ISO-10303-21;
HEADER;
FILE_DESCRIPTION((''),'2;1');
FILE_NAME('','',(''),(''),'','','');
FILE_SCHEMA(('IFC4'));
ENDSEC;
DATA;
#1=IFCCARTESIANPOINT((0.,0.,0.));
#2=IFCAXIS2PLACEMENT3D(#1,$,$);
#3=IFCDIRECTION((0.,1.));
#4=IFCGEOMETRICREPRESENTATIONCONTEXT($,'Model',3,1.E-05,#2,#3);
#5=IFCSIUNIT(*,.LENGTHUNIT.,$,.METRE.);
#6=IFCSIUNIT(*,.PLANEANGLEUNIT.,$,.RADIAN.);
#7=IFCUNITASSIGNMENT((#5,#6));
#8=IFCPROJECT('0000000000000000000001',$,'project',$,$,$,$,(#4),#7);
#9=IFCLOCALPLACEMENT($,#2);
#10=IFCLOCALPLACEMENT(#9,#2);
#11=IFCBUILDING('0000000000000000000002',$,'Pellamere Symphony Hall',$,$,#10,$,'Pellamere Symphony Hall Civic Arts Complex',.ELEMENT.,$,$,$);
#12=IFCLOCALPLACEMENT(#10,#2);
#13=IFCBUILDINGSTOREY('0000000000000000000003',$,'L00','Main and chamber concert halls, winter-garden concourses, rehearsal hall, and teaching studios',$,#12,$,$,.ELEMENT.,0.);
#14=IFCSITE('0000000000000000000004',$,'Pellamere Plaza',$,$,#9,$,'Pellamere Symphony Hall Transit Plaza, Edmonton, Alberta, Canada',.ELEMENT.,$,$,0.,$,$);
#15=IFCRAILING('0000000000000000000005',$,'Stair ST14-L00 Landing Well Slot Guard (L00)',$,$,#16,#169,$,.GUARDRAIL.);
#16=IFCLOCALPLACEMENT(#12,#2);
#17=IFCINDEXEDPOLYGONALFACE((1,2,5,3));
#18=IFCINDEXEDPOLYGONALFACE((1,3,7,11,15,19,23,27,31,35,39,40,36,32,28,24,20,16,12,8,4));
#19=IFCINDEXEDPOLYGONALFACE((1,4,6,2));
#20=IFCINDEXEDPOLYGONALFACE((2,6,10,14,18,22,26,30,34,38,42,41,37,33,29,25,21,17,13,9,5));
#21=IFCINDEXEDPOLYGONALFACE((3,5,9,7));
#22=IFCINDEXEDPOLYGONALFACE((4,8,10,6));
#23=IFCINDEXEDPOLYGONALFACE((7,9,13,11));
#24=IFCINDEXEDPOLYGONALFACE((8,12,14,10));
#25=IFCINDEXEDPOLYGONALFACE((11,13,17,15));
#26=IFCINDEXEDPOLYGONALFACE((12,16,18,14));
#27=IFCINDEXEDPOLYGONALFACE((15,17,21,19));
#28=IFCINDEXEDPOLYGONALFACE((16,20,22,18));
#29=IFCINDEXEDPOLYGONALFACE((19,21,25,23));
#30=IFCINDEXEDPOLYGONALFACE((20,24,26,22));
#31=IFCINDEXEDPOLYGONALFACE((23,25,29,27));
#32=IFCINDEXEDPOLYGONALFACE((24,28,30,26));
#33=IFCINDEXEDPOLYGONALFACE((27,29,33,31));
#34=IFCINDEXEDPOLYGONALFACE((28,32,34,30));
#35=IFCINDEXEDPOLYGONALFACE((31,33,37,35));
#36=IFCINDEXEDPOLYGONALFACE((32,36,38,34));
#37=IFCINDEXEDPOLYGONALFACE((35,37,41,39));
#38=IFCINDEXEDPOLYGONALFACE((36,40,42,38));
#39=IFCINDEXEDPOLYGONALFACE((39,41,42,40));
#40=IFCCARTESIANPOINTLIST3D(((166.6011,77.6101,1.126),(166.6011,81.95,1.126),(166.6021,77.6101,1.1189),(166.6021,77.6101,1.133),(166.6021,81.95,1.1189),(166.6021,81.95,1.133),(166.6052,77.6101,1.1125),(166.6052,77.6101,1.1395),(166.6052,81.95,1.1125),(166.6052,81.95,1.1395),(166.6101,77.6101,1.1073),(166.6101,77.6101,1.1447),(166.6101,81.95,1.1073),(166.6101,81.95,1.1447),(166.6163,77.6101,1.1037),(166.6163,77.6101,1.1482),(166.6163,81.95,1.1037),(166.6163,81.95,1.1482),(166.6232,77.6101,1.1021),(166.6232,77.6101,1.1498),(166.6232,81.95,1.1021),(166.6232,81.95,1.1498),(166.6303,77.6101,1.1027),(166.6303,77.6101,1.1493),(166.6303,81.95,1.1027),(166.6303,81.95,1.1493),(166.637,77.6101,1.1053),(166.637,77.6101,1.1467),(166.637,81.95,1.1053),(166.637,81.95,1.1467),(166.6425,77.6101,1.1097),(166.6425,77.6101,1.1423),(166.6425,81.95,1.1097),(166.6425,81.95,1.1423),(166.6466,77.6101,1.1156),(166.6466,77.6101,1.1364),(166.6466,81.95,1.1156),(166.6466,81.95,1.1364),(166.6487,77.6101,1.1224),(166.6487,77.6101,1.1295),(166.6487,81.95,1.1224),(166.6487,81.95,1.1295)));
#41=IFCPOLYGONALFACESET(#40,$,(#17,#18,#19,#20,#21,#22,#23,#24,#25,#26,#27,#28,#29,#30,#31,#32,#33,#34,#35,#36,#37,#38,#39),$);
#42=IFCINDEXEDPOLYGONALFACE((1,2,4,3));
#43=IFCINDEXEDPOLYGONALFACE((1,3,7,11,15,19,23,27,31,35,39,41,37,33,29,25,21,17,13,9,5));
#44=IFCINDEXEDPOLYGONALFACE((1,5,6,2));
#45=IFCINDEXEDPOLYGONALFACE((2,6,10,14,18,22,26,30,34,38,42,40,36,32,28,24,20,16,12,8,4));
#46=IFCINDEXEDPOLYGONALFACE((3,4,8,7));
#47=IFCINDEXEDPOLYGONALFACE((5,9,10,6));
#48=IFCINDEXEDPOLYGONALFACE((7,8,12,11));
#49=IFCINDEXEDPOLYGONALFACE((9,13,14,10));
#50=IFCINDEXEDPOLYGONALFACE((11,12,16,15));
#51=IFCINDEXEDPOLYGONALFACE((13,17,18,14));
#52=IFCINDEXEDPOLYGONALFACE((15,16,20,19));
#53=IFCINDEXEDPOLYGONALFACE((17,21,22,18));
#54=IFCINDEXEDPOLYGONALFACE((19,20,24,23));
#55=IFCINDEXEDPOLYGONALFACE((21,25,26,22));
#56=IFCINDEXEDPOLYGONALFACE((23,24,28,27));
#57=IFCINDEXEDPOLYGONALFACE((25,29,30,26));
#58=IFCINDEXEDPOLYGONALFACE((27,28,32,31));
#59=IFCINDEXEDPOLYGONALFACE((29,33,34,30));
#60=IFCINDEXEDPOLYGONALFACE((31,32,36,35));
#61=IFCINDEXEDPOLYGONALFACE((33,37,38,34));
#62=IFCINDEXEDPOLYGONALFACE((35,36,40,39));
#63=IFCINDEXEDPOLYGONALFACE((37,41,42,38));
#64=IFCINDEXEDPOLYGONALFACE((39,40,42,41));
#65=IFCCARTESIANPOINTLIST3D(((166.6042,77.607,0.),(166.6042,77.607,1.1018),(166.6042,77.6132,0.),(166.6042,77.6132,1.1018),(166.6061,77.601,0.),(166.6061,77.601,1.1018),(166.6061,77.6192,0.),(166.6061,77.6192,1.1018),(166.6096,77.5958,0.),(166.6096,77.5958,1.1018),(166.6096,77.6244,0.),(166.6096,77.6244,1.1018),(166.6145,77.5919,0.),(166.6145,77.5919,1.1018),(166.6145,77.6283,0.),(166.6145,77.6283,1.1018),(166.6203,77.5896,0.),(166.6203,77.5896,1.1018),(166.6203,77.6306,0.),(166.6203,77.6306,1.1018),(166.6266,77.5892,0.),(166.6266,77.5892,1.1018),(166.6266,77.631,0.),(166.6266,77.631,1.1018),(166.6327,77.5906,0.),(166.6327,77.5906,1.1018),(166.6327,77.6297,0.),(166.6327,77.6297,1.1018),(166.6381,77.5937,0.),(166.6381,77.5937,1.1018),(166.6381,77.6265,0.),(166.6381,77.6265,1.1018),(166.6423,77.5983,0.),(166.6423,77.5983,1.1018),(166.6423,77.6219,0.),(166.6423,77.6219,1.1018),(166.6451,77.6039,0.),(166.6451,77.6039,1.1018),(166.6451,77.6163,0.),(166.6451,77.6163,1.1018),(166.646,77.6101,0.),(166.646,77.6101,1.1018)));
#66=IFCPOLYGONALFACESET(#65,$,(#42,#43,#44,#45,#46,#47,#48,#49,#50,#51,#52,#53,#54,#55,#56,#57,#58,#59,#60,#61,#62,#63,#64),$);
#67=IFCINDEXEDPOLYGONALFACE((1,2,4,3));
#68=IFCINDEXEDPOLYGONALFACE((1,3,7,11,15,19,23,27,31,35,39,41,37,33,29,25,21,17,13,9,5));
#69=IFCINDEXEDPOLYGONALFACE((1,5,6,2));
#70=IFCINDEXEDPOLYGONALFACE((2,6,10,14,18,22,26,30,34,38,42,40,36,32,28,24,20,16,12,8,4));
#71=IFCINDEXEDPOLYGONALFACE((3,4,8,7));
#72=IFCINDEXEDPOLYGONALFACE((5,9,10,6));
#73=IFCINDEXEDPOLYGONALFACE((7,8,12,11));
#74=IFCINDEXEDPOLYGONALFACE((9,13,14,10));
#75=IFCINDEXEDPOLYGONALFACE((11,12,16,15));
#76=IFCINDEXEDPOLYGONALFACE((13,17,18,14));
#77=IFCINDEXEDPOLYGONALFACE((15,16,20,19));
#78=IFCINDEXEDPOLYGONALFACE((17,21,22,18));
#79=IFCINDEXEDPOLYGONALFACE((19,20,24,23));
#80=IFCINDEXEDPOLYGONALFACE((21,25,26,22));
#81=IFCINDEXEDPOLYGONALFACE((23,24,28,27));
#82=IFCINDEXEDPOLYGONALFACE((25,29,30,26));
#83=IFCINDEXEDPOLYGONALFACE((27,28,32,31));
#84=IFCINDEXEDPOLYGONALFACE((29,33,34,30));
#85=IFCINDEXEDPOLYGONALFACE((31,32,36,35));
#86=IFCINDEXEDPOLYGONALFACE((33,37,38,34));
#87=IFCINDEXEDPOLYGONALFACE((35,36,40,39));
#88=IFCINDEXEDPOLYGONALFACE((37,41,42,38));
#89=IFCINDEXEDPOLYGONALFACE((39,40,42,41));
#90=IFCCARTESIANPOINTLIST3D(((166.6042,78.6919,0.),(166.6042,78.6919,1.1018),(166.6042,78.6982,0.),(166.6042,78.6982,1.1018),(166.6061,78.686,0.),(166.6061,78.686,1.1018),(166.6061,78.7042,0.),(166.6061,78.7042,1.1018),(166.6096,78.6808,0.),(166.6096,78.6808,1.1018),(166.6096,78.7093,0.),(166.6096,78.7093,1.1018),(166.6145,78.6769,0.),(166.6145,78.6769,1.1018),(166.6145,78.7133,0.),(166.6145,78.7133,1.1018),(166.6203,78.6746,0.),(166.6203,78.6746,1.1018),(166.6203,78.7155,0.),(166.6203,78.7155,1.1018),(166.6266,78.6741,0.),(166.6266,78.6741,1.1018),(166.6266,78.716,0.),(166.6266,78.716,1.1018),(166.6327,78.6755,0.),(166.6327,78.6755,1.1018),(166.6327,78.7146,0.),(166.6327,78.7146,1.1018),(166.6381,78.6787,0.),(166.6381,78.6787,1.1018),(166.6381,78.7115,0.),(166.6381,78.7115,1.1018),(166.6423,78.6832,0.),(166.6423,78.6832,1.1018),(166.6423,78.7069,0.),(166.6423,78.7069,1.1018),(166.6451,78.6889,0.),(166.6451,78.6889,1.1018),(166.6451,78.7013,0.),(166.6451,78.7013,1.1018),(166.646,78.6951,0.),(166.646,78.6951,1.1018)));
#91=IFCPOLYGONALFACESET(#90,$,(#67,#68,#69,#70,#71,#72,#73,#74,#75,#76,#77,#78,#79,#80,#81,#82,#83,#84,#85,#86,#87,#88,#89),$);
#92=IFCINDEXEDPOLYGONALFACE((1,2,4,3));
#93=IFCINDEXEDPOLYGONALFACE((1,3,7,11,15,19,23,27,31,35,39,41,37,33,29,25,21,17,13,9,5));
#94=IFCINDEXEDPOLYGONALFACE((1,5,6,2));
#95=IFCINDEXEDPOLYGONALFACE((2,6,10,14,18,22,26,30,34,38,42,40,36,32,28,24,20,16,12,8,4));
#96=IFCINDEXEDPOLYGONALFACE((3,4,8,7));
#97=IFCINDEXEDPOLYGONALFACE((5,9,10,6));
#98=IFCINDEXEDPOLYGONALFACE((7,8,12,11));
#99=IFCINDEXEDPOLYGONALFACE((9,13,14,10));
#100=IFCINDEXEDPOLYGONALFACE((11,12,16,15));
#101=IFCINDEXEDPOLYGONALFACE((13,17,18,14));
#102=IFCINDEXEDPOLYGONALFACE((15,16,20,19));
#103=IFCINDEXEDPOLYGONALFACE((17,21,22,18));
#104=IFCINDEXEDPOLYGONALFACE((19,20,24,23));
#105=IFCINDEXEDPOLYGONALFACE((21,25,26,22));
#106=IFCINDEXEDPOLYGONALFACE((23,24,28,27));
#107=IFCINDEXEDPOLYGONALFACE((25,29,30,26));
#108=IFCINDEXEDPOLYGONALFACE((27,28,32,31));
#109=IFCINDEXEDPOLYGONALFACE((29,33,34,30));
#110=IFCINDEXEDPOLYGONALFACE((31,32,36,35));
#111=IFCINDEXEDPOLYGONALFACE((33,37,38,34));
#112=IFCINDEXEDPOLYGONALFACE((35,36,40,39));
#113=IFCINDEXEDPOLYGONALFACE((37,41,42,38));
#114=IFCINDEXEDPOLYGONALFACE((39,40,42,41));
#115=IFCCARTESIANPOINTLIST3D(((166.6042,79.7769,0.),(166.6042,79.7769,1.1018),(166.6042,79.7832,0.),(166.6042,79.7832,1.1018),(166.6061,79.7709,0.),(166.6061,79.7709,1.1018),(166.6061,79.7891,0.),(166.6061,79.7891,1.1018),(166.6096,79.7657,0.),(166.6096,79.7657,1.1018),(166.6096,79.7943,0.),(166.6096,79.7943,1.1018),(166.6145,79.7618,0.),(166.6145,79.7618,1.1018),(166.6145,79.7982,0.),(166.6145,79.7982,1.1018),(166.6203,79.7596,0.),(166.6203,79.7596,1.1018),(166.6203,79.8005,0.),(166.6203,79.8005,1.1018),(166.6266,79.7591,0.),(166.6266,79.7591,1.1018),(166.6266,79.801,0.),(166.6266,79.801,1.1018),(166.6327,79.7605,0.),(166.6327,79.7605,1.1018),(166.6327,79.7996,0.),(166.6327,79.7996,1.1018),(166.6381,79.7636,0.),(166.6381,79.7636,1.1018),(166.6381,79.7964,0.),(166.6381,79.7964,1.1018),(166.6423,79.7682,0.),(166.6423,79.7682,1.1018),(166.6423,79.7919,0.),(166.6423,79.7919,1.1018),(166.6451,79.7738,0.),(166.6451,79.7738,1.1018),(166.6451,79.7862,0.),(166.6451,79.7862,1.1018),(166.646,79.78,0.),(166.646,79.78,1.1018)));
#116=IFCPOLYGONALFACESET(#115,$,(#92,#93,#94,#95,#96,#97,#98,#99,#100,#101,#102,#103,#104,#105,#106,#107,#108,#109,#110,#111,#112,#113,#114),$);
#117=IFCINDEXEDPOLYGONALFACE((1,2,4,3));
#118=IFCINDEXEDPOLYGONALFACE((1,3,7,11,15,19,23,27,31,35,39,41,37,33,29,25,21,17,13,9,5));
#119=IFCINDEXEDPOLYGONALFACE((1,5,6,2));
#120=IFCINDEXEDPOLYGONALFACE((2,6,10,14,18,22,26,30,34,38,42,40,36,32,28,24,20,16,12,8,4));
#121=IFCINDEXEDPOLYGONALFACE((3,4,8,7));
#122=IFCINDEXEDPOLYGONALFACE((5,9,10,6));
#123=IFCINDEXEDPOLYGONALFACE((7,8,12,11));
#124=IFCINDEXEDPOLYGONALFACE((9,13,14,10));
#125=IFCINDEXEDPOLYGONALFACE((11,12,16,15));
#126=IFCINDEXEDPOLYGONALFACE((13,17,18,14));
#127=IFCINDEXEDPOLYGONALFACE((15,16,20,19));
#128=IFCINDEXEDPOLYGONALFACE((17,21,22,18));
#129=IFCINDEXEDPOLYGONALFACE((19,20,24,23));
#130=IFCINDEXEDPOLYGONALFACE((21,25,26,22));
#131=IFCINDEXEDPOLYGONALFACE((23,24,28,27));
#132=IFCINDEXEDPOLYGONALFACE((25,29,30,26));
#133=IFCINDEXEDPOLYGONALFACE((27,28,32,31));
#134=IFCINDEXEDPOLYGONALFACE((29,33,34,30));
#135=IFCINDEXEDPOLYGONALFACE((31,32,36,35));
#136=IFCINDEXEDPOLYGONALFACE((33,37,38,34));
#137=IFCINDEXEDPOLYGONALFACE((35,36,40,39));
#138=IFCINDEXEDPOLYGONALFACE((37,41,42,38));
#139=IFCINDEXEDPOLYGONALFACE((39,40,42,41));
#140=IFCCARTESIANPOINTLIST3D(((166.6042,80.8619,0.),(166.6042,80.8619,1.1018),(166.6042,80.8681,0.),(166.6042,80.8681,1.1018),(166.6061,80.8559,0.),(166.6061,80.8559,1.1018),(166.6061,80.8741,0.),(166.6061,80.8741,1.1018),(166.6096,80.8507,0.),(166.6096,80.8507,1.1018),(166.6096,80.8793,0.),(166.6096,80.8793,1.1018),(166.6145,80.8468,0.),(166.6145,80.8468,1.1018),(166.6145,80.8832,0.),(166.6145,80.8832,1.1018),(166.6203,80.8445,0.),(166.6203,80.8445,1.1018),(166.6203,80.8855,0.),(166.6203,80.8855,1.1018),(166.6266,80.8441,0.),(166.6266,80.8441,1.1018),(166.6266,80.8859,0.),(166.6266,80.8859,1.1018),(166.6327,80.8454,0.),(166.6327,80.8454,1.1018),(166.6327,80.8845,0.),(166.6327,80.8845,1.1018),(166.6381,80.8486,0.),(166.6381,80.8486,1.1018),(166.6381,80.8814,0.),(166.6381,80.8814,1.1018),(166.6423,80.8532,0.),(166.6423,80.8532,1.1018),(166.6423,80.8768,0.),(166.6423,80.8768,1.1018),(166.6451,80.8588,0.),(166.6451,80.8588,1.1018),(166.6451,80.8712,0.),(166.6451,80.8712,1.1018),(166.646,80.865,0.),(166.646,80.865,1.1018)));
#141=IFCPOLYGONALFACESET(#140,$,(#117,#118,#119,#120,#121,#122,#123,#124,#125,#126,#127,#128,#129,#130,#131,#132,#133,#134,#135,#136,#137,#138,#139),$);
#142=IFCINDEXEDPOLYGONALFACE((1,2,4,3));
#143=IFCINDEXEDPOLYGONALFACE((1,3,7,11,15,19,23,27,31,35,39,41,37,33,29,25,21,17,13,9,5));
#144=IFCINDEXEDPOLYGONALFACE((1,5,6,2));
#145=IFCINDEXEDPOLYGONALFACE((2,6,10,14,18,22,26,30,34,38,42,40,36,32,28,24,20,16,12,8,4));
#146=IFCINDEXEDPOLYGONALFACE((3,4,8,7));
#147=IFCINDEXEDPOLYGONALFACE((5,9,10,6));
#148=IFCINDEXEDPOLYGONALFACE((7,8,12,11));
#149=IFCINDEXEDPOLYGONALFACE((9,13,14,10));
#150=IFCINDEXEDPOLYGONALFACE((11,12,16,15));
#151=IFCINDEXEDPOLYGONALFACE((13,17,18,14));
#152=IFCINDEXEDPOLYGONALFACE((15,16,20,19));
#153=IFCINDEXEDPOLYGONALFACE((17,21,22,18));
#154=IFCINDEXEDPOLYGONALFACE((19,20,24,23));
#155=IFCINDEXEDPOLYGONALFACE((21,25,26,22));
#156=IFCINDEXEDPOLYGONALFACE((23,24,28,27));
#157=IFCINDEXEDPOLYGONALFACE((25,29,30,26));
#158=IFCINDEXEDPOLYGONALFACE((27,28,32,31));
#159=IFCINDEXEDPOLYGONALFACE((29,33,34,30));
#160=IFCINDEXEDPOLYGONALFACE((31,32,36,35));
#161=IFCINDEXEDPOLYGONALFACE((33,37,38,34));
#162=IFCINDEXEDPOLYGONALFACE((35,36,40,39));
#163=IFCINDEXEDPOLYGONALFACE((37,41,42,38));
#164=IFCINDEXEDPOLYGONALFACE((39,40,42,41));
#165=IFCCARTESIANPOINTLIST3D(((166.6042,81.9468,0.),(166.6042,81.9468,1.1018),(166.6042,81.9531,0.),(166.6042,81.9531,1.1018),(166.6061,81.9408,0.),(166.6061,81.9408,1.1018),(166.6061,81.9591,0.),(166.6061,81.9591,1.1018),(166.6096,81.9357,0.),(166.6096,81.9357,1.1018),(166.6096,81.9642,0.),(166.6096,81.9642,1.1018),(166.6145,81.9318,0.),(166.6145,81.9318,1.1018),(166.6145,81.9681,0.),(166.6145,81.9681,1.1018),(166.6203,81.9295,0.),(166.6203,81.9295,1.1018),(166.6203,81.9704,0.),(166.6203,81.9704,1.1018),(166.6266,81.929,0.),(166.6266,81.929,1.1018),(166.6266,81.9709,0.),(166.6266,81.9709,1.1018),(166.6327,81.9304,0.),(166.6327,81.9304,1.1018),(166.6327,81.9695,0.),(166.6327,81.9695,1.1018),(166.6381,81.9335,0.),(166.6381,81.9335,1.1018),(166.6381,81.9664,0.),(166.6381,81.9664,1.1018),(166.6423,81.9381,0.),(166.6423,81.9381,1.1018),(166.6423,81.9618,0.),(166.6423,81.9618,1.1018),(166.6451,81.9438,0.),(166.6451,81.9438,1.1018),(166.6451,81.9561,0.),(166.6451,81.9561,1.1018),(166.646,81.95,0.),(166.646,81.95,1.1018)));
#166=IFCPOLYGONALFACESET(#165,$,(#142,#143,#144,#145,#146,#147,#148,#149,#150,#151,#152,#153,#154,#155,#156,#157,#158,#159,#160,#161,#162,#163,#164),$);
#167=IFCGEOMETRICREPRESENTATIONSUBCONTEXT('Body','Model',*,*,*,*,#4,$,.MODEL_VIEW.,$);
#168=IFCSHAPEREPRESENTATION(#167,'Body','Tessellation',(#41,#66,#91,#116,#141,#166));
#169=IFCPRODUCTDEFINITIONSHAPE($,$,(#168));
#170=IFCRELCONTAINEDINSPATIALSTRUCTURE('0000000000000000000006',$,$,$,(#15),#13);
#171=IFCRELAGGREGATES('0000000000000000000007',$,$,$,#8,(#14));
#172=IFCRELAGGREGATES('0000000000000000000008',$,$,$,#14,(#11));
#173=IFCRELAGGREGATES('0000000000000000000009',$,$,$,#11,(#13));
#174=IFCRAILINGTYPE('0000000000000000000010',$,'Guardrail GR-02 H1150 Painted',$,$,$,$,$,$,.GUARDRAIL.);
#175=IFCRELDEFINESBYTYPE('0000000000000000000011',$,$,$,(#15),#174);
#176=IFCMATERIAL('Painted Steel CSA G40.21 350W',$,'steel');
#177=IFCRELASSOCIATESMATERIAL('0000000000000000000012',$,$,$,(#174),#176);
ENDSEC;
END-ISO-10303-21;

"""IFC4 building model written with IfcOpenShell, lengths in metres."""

from ifc_helpers import new_model, si_unit, direction, frame, origin, origin_2d, place, context, subcontext, project, spatial, circle, extrude, material, type_object, element, save


model = new_model("IFC4")

# Units and contexts
model_context = context("Model", 3, precision=1e-05, world=origin(), true_north=direction((0.0, 1.0)))
body_context = subcontext(model_context, "Body", "Model", "MODEL_VIEW")
ifc_project = project(units=[si_unit("LENGTHUNIT", "METRE"), si_unit("PLANEANGLEUNIT", "RADIAN")], contexts=[model_context])

# Site, building, storey
site_placement = place(None, origin())
site = spatial("IfcSite", under=ifc_project, at=site_placement, Name="Pellamere Plaza", LongName="Pellamere Symphony Hall Transit Plaza, Edmonton, Alberta, Canada", CompositionType="ELEMENT", RefElevation=0.0)
building_placement = place(site_placement, origin())
building = spatial("IfcBuilding", under=site, at=building_placement, Name="Pellamere Symphony Hall", LongName="Pellamere Symphony Hall Civic Arts Complex", CompositionType="ELEMENT")
storey_placement = place(building_placement, origin())
storey = spatial("IfcBuildingStorey", under=building, at=storey_placement, Name="L00", Description="Main and chamber concert halls, winter-garden concourses, rehearsal hall, and teaching studios", CompositionType="ELEMENT", Elevation=0.0)

# Railing
ifc_material_1 = material(Name="Painted Steel CSA G40.21 350W", Category="steel")
railing_type_1 = type_object("IfcRailingType", Name="Guardrail GR-02 H1150 Painted", PredefinedType="GUARDRAIL", material=ifc_material_1)
railing_1_placement = place(storey_placement, frame((166.625, 77.6101, 0.0)))
element("IfcRailing", 1, at=railing_1_placement, inside=storey, type_object=railing_type_1, Name="Stair ST14-L00 Landing Well Slot Guard (L00)", PredefinedType="GUARDRAIL", context=body_context, shape_type="SweptSolid", body=[
    extrude(circle(Radius=0.0239, at=origin_2d()), frame((0.0, 0.0, 1.126), z_axis=(0.0, 1.0, 0.0), x_axis=(-1.0, 0.0, 0.0)), (0.0, 0.0, 1.0), 4.3398),
    extrude(circle(Radius=0.021, at=origin_2d()), origin(), (0.0, 0.0, 1.0), 1.1018),
    extrude(circle(Radius=0.021, at=origin_2d()), frame((0.0, 1.085, 0.0)), (0.0, 0.0, 1.0), 1.1018),
    extrude(circle(Radius=0.021, at=origin_2d()), frame((0.0, 2.1699, 0.0)), (0.0, 0.0, 1.0), 1.1018),
    extrude(circle(Radius=0.021, at=origin_2d()), frame((0.0, 3.2549, 0.0)), (0.0, 0.0, 1.0), 1.1018),
    extrude(circle(Radius=0.021, at=origin_2d()), frame((0.0, 4.3398, 0.0)), (0.0, 0.0, 1.0), 1.1018),
])

save(model, "model.ifc")
